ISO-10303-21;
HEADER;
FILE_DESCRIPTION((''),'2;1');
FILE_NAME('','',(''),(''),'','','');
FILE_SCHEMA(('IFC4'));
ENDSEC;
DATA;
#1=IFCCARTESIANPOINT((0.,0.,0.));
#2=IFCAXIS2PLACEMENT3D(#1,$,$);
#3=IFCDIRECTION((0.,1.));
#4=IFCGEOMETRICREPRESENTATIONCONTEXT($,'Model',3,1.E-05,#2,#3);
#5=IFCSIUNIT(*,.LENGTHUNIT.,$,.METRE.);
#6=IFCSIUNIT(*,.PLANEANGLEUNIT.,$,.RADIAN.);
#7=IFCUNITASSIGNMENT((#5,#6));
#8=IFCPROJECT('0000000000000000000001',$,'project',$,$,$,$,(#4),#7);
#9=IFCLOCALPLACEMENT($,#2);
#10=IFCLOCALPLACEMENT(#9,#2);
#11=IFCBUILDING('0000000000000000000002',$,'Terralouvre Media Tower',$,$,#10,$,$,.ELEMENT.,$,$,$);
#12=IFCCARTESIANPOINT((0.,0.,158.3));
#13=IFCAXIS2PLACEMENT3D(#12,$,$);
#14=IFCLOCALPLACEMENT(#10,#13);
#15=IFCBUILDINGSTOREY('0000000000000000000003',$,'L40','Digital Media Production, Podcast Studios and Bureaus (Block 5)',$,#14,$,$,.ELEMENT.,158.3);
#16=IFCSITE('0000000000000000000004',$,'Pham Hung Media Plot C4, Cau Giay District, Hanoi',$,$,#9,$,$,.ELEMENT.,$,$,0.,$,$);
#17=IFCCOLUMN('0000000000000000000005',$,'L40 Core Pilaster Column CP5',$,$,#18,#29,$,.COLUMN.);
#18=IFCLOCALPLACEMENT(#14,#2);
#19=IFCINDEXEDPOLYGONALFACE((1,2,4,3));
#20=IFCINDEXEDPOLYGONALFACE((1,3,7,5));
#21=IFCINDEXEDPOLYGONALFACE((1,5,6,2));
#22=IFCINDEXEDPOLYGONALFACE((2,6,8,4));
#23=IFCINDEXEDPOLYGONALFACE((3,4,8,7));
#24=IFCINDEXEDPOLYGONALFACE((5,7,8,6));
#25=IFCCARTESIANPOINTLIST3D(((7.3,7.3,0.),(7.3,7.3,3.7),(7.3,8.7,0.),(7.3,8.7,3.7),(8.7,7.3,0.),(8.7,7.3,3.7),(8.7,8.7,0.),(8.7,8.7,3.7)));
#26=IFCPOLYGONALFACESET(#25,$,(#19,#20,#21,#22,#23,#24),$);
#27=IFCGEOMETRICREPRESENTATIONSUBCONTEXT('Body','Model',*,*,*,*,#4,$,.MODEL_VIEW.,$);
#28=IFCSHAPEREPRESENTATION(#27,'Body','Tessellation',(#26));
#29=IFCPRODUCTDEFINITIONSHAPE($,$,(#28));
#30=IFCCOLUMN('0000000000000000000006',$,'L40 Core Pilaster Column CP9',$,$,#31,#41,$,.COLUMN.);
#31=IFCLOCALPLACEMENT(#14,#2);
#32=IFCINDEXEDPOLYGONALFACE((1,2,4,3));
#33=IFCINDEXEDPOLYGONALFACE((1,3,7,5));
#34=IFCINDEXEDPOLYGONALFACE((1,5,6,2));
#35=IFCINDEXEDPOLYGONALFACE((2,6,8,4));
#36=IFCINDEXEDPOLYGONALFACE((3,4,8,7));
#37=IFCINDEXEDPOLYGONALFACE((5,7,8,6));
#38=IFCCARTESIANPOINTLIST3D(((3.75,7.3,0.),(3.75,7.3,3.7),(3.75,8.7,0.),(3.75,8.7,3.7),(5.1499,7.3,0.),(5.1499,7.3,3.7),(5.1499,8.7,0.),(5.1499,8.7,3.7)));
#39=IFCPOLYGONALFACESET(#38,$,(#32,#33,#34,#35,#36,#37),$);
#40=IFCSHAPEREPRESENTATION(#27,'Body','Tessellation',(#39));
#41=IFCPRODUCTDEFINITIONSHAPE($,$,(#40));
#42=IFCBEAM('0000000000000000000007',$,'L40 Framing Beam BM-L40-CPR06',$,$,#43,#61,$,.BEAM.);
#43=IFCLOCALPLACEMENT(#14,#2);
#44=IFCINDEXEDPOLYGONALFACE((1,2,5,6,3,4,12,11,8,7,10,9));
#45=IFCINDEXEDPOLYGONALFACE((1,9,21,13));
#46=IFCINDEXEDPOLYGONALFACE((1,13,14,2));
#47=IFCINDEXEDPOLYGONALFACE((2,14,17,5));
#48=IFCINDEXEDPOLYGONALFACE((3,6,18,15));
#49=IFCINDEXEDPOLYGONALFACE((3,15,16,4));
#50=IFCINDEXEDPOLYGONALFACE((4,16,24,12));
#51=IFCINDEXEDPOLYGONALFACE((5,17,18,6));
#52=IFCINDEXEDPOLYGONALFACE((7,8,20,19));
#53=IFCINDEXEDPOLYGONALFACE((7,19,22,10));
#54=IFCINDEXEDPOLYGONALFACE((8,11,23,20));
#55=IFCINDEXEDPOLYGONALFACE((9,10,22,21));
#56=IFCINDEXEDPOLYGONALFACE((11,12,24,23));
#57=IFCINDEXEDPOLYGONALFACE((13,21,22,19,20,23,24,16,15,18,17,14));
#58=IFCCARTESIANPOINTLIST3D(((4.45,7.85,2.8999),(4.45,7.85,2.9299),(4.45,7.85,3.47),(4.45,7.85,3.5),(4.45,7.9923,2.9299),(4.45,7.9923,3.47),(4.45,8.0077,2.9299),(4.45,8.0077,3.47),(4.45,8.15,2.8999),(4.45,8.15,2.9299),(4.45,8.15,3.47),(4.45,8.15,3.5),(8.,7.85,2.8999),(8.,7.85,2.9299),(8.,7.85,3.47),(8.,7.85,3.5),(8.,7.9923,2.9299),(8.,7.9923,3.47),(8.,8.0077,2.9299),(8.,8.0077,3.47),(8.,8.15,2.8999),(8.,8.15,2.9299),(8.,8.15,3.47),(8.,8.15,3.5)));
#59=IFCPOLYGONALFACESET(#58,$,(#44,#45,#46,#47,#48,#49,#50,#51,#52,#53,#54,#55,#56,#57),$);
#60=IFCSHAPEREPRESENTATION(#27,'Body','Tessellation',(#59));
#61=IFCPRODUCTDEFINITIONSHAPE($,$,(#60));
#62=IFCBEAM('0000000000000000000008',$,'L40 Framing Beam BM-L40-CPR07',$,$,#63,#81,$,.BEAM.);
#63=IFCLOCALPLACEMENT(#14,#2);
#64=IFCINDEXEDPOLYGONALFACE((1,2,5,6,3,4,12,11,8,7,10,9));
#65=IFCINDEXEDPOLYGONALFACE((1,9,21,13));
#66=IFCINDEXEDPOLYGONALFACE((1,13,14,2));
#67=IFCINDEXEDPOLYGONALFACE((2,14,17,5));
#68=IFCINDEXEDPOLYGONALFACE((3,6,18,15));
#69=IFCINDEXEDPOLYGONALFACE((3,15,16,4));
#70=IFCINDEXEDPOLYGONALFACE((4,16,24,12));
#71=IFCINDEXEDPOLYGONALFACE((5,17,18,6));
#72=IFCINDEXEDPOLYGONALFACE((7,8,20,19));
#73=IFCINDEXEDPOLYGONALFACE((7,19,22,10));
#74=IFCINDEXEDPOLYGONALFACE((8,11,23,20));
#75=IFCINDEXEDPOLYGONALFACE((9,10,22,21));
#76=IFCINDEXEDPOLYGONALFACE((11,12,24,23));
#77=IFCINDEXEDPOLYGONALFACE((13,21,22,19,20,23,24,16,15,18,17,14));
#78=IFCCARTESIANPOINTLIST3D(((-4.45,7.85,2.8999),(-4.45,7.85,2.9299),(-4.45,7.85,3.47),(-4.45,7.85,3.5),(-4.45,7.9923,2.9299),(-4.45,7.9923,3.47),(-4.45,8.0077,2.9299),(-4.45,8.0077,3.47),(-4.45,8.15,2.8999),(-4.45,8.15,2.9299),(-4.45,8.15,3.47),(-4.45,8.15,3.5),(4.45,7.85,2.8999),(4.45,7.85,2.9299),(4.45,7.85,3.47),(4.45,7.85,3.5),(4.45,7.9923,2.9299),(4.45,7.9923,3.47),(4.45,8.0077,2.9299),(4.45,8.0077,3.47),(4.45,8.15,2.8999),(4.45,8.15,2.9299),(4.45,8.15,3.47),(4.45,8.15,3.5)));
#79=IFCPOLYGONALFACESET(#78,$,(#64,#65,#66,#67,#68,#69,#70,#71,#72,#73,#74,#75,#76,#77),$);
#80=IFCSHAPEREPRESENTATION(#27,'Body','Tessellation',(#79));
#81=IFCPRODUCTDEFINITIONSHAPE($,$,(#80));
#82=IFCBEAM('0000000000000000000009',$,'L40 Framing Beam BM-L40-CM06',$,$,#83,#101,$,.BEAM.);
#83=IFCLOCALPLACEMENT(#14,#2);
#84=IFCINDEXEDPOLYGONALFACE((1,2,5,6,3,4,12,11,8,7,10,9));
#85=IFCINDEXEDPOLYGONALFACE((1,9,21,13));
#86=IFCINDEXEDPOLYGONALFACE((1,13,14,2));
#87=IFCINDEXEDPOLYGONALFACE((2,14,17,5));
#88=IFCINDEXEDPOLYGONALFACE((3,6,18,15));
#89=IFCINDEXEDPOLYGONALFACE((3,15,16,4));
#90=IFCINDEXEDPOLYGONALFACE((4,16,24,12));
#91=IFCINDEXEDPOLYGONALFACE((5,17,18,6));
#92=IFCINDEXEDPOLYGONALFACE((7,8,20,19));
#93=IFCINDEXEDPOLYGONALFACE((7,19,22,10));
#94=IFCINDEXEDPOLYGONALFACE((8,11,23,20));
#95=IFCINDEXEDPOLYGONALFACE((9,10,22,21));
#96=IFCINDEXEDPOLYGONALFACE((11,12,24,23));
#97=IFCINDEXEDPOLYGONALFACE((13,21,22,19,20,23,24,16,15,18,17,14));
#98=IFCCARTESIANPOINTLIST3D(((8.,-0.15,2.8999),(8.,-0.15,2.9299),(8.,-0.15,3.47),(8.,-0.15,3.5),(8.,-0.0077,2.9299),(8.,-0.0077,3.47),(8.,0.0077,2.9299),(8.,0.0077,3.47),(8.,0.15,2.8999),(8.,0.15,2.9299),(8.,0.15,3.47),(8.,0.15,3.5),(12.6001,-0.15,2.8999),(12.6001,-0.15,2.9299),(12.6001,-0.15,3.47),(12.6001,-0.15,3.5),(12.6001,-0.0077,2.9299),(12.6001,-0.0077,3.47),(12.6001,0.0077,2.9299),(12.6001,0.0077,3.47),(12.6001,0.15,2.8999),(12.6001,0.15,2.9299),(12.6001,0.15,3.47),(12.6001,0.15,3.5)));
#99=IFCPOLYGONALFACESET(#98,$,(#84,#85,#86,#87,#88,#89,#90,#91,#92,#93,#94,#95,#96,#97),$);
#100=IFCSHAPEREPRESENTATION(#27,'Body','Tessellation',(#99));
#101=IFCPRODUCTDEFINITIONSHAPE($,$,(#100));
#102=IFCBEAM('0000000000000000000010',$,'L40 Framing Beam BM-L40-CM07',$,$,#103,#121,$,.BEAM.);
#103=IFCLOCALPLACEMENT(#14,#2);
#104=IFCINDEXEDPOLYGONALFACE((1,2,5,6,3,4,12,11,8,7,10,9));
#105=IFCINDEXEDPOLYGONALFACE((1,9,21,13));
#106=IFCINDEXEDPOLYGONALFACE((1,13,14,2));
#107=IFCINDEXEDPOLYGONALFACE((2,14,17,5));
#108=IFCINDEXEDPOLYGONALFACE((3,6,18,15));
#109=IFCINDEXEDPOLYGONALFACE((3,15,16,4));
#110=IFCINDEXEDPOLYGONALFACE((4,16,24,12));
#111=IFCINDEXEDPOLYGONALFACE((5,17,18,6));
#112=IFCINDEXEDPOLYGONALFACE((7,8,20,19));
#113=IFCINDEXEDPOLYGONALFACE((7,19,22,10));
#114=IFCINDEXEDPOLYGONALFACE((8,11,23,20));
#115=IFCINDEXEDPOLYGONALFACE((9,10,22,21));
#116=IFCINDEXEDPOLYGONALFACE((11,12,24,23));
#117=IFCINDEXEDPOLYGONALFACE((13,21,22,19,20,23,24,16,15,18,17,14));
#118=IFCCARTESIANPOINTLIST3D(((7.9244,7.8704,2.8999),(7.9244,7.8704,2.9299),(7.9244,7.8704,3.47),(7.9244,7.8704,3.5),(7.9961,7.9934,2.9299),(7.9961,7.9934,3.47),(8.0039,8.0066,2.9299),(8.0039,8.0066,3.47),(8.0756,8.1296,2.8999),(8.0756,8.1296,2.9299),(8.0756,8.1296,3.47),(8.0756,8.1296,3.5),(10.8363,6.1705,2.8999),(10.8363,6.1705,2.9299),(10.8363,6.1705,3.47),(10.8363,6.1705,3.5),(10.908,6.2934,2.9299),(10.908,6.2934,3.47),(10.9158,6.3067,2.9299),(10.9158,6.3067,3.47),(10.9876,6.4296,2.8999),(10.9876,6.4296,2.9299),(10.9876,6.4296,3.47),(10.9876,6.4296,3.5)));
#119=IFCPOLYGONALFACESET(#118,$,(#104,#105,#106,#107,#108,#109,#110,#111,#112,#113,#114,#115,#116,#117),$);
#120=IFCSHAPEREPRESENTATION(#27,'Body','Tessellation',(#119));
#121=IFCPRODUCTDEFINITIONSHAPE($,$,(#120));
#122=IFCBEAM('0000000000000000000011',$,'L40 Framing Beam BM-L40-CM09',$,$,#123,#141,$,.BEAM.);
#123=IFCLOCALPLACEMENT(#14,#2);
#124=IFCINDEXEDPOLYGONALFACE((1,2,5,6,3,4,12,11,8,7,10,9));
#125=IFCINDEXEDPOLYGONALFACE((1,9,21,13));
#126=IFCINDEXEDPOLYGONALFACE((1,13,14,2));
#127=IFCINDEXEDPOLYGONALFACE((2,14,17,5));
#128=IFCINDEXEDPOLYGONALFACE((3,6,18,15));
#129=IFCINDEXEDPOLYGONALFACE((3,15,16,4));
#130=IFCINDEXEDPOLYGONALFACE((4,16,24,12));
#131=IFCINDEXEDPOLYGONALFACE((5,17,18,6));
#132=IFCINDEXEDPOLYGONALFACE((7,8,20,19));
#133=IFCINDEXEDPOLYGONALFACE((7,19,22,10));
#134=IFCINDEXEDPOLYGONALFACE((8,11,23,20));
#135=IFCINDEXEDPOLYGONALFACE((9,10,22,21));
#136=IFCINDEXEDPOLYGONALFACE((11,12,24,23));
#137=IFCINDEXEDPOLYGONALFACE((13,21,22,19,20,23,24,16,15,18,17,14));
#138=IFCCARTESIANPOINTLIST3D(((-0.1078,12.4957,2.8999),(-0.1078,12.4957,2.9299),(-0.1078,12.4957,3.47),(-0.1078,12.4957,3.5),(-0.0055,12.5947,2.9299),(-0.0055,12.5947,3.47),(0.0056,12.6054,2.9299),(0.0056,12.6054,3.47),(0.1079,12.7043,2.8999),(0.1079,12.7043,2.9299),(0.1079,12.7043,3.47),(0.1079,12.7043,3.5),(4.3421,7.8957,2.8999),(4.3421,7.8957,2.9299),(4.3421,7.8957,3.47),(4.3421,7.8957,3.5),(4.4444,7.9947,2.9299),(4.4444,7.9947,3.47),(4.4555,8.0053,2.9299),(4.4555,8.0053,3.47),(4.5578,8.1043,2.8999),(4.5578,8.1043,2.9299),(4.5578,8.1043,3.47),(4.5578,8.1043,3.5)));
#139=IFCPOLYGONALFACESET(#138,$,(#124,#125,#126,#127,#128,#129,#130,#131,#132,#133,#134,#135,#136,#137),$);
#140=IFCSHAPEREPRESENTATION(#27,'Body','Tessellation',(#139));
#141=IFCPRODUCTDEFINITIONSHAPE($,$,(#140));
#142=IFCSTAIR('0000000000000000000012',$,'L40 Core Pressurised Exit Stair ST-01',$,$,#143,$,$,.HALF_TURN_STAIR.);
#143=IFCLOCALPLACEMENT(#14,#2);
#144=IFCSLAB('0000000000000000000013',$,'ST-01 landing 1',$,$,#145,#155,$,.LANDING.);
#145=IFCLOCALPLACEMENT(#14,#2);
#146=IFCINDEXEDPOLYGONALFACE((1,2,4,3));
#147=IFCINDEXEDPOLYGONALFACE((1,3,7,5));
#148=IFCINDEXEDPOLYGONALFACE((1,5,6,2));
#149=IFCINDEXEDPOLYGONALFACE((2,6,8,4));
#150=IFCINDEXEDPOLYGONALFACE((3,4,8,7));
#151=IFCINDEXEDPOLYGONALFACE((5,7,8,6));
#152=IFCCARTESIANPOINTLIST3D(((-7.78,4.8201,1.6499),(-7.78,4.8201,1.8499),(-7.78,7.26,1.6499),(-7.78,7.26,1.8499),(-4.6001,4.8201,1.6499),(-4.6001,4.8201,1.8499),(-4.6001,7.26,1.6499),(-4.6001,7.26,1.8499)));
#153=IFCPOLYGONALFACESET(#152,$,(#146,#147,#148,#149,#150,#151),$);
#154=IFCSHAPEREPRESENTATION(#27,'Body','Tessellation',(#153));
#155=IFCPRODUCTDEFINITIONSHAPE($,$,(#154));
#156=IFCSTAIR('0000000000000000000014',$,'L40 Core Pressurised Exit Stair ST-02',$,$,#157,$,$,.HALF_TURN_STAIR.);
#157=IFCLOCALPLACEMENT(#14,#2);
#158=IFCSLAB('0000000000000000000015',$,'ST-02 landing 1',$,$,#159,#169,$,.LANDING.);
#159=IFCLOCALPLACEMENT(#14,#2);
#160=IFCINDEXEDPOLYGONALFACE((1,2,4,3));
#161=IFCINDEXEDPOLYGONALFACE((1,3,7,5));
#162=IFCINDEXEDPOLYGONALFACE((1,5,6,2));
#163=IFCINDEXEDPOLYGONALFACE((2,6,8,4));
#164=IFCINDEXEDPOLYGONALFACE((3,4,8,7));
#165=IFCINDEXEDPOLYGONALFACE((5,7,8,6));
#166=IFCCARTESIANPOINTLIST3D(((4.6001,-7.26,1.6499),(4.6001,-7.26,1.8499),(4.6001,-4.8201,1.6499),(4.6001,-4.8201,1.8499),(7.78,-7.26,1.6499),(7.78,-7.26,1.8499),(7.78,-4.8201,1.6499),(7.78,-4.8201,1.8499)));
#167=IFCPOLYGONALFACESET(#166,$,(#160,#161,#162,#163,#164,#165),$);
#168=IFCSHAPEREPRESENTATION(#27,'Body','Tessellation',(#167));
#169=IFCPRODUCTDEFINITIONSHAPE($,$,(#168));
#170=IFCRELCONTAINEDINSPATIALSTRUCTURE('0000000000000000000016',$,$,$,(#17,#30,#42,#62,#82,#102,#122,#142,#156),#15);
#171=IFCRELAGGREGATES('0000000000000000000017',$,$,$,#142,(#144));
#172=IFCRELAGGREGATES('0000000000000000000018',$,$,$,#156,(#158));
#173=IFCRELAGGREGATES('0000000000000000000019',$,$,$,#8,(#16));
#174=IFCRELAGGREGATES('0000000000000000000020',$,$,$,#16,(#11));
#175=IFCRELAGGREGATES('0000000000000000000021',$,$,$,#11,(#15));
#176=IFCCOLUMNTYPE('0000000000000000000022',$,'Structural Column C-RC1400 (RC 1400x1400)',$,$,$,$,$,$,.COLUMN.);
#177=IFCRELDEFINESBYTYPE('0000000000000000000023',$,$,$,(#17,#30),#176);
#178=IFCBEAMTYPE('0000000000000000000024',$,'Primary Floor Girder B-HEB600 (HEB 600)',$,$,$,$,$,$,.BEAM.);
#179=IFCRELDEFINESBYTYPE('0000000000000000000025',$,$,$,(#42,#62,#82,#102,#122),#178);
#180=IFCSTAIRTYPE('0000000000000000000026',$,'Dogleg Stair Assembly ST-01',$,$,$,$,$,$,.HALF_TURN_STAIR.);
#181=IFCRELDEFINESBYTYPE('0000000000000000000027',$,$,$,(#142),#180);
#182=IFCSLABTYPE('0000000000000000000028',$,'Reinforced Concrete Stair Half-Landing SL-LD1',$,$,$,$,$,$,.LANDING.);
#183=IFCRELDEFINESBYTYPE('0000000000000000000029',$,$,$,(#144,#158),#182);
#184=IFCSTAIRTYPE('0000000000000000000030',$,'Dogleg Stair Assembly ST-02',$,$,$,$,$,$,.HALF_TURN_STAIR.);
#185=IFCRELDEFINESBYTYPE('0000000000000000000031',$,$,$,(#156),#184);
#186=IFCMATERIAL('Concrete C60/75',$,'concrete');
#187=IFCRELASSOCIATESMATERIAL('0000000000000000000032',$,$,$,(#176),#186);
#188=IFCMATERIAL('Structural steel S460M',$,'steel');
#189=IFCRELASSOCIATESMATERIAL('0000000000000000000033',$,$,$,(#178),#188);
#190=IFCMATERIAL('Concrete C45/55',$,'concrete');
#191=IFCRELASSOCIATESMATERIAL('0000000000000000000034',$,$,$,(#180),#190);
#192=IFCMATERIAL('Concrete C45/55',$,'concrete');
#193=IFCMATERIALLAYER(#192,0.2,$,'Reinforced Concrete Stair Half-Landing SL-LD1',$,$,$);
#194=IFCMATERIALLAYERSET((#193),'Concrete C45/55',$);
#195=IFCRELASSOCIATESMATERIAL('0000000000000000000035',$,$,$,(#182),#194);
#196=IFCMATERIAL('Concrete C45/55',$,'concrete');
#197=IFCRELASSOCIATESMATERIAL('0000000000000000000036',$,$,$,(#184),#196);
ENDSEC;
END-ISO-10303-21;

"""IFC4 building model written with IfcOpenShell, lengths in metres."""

from ifc_helpers import new_model, si_unit, direction, frame, origin, origin_2d, place, context, subcontext, project, spatial, polyline, rectangle, i_section, outline, extrude, material, layer, layer_set, material_profile, profile_set, type_object, element, aggregate, save


model = new_model("IFC4")

# Units and contexts
model_context = context("Model", 3, precision=1e-05, world=origin(), true_north=direction((0.0, 1.0)))
body_context = subcontext(model_context, "Body", "Model", "MODEL_VIEW")
ifc_project = project(units=[si_unit("LENGTHUNIT", "METRE"), si_unit("PLANEANGLEUNIT", "RADIAN")], contexts=[model_context])

# Site, building, storey
site_placement = place(None, origin())
site = spatial("IfcSite", under=ifc_project, at=site_placement, Name="Pham Hung Media Plot C4, Cau Giay District, Hanoi", CompositionType="ELEMENT", RefElevation=0.0)
building_placement = place(site_placement, origin())
building = spatial("IfcBuilding", under=site, at=building_placement, Name="Terralouvre Media Tower", CompositionType="ELEMENT")
storey_placement = place(building_placement, frame((0.0, 0.0, 158.3)))
storey = spatial("IfcBuildingStorey", under=building, at=storey_placement, Name="L40", Description="Digital Media Production, Podcast Studios and Bureaus (Block 5)", CompositionType="ELEMENT", Elevation=158.3)

# Columns
ifc_material_1 = material(Name="Concrete C60/75", Category="concrete")
ifc_material_profile_1 = material_profile(ifc_material_1, rectangle(XDim=1.3999, YDim=1.3999, at=origin_2d()), Name="RC 1400x1400")
ifc_profile_set_1 = profile_set([ifc_material_profile_1], Name="Concrete C60/75")
column_type = type_object("IfcColumnType", Name="Structural Column C-RC1400 (RC 1400x1400)", PredefinedType="COLUMN", material=ifc_profile_set_1)
for number, where, z_axis, x_axis, name in (
    (1, (8.0, 8.0, 0.0), (0.0, 0.0, 1.0), (1.0, 0.0, 0.0), "L40 Core Pilaster Column CP5"),
    (2, (4.45, 8.0, 0.0), (0.0, 0.0, 1.0), (1.0, 0.0, 0.0), "L40 Core Pilaster Column CP9"),
):
    element("IfcColumn", number, at=place(storey_placement, frame(where, z_axis=z_axis, x_axis=x_axis)), inside=storey, type_object=column_type, Name=name, PredefinedType="COLUMN", context=body_context, shape_type="SweptSolid", body=[
        extrude(rectangle(XDim=1.3999, YDim=1.3999, at=origin_2d()), origin(), (0.0, 0.0, 1.0), 3.7),
    ])

# Beams
ifc_material_2 = material(Name="Structural steel S460M", Category="steel")
ifc_material_profile_2 = material_profile(ifc_material_2, i_section(OverallWidth=0.3, OverallDepth=0.6001, WebThickness=0.0154, FlangeThickness=0.03, at=origin_2d()), Name="HEB 600")
ifc_profile_set_2 = profile_set([ifc_material_profile_2], Name="Structural steel S460M")
beam_type = type_object("IfcBeamType", Name="Primary Floor Girder B-HEB600 (HEB 600)", PredefinedType="BEAM", material=ifc_profile_set_2)
beam_1_placement = place(storey_placement, frame((8.0, 8.0, 3.2), z_axis=(-1.0, 0.0, 0.0), x_axis=(0.0, -1.0, 0.0)))
element("IfcBeam", 3, at=beam_1_placement, inside=storey, type_object=beam_type, Name="L40 Framing Beam BM-L40-CPR06", PredefinedType="BEAM", context=body_context, shape_type="SweptSolid", body=[
    extrude(i_section(OverallWidth=0.3, OverallDepth=0.6001, WebThickness=0.0154, FlangeThickness=0.03, at=origin_2d()), origin(), (0.0, 0.0, 1.0), 3.55),
])
beam_2_placement = place(storey_placement, frame((4.45, 8.0, 3.2), z_axis=(-1.0, 0.0, 0.0), x_axis=(0.0, -1.0, 0.0)))
element("IfcBeam", 4, at=beam_2_placement, inside=storey, type_object=beam_type, Name="L40 Framing Beam BM-L40-CPR07", PredefinedType="BEAM", context=body_context, shape_type="SweptSolid", body=[
    extrude(i_section(OverallWidth=0.3, OverallDepth=0.6001, WebThickness=0.0154, FlangeThickness=0.03, at=origin_2d()), origin(), (0.0, 0.0, 1.0), 8.8999),
])
beam_3_placement = place(storey_placement, frame((8.0, 0.0, 3.2), z_axis=(1.0, 0.0, 0.0), x_axis=(0.0, 1.0, 0.0)))
element("IfcBeam", 5, at=beam_3_placement, inside=storey, type_object=beam_type, Name="L40 Framing Beam BM-L40-CM06", PredefinedType="BEAM", context=body_context, shape_type="SweptSolid", body=[
    extrude(i_section(OverallWidth=0.3, OverallDepth=0.6001, WebThickness=0.0154, FlangeThickness=0.03, at=origin_2d()), origin(), (0.0, 0.0, 1.0), 4.6001),
])
beam_4_placement = place(storey_placement, frame((8.0, 8.0, 3.2), z_axis=(0.863603, -0.504173, 0.0), x_axis=(0.504173, 0.863603, 0.0)))
element("IfcBeam", 6, at=beam_4_placement, inside=storey, type_object=beam_type, Name="L40 Framing Beam BM-L40-CM07", PredefinedType="BEAM", context=body_context, shape_type="SweptSolid", body=[
    extrude(i_section(OverallWidth=0.3, OverallDepth=0.6001, WebThickness=0.0154, FlangeThickness=0.03, at=origin_2d()), origin(), (0.0, 0.0, 1.0), 3.3718),
])
beam_5_placement = place(storey_placement, frame((4.45, 8.0, 3.2), z_axis=(-0.69528, 0.718739, 0.0), x_axis=(-0.718739, -0.69528, 0.0)))
element("IfcBeam", 7, at=beam_5_placement, inside=storey, type_object=beam_type, Name="L40 Framing Beam BM-L40-CM09", PredefinedType="BEAM", context=body_context, shape_type="SweptSolid", body=[
    extrude(i_section(OverallWidth=0.3, OverallDepth=0.6001, WebThickness=0.0154, FlangeThickness=0.03, at=origin_2d()), origin(), (0.0, 0.0, 1.0), 6.4001),
])

# Stairs, slabs
ifc_material_3 = material(Name="Concrete C45/55", Category="concrete")
stair_type_1 = type_object("IfcStairType", Name="Dogleg Stair Assembly ST-01", PredefinedType="HALF_TURN_STAIR", material=ifc_material_3)
stair_1_placement = place(storey_placement, origin())
stair_1 = element("IfcStair", 8, at=stair_1_placement, inside=storey, type_object=stair_type_1, Name="L40 Core Pressurised Exit Stair ST-01", PredefinedType="HALF_TURN_STAIR")
ifc_material_4 = material(Name="Concrete C45/55", Category="concrete")
ifc_layer_1 = layer(ifc_material_4, 0.2, Name="Reinforced Concrete Stair Half-Landing SL-LD1")
ifc_layer_set_1 = layer_set([ifc_layer_1], Name="Concrete C45/55")
slab_type = type_object("IfcSlabType", Name="Reinforced Concrete Stair Half-Landing SL-LD1", PredefinedType="LANDING", material=ifc_layer_set_1)
slab_1_placement = place(storey_placement, frame((0.0, 0.0, 1.6499)))
slab_1 = element("IfcSlab", 9, at=slab_1_placement, type_object=slab_type, Name="ST-01 landing 1", PredefinedType="LANDING", context=body_context, shape_type="SweptSolid", body=[
    extrude(outline(polyline([(-4.6001, 4.8201), (-4.6001, 7.26), (-7.78, 7.26), (-7.78, 4.8201), (-4.6001, 4.8201)])), origin(), (0.0, 0.0, 1.0), 0.2),
])
aggregate(stair_1, [slab_1])
ifc_material_5 = material(Name="Concrete C45/55", Category="concrete")
stair_type_2 = type_object("IfcStairType", Name="Dogleg Stair Assembly ST-02", PredefinedType="HALF_TURN_STAIR", material=ifc_material_5)
stair_2_placement = place(storey_placement, origin())
stair_2 = element("IfcStair", 10, at=stair_2_placement, inside=storey, type_object=stair_type_2, Name="L40 Core Pressurised Exit Stair ST-02", PredefinedType="HALF_TURN_STAIR")
slab_2_placement = place(storey_placement, frame((0.0, 0.0, 1.6499)))
slab_2 = element("IfcSlab", 11, at=slab_2_placement, type_object=slab_type, Name="ST-02 landing 1", PredefinedType="LANDING", context=body_context, shape_type="SweptSolid", body=[
    extrude(outline(polyline([(4.6001, -4.8201), (4.6001, -7.26), (7.78, -7.26), (7.78, -4.8201), (4.6001, -4.8201)])), origin(), (0.0, 0.0, 1.0), 0.2),
])
aggregate(stair_2, [slab_2])

save(model, "model.ifc")
